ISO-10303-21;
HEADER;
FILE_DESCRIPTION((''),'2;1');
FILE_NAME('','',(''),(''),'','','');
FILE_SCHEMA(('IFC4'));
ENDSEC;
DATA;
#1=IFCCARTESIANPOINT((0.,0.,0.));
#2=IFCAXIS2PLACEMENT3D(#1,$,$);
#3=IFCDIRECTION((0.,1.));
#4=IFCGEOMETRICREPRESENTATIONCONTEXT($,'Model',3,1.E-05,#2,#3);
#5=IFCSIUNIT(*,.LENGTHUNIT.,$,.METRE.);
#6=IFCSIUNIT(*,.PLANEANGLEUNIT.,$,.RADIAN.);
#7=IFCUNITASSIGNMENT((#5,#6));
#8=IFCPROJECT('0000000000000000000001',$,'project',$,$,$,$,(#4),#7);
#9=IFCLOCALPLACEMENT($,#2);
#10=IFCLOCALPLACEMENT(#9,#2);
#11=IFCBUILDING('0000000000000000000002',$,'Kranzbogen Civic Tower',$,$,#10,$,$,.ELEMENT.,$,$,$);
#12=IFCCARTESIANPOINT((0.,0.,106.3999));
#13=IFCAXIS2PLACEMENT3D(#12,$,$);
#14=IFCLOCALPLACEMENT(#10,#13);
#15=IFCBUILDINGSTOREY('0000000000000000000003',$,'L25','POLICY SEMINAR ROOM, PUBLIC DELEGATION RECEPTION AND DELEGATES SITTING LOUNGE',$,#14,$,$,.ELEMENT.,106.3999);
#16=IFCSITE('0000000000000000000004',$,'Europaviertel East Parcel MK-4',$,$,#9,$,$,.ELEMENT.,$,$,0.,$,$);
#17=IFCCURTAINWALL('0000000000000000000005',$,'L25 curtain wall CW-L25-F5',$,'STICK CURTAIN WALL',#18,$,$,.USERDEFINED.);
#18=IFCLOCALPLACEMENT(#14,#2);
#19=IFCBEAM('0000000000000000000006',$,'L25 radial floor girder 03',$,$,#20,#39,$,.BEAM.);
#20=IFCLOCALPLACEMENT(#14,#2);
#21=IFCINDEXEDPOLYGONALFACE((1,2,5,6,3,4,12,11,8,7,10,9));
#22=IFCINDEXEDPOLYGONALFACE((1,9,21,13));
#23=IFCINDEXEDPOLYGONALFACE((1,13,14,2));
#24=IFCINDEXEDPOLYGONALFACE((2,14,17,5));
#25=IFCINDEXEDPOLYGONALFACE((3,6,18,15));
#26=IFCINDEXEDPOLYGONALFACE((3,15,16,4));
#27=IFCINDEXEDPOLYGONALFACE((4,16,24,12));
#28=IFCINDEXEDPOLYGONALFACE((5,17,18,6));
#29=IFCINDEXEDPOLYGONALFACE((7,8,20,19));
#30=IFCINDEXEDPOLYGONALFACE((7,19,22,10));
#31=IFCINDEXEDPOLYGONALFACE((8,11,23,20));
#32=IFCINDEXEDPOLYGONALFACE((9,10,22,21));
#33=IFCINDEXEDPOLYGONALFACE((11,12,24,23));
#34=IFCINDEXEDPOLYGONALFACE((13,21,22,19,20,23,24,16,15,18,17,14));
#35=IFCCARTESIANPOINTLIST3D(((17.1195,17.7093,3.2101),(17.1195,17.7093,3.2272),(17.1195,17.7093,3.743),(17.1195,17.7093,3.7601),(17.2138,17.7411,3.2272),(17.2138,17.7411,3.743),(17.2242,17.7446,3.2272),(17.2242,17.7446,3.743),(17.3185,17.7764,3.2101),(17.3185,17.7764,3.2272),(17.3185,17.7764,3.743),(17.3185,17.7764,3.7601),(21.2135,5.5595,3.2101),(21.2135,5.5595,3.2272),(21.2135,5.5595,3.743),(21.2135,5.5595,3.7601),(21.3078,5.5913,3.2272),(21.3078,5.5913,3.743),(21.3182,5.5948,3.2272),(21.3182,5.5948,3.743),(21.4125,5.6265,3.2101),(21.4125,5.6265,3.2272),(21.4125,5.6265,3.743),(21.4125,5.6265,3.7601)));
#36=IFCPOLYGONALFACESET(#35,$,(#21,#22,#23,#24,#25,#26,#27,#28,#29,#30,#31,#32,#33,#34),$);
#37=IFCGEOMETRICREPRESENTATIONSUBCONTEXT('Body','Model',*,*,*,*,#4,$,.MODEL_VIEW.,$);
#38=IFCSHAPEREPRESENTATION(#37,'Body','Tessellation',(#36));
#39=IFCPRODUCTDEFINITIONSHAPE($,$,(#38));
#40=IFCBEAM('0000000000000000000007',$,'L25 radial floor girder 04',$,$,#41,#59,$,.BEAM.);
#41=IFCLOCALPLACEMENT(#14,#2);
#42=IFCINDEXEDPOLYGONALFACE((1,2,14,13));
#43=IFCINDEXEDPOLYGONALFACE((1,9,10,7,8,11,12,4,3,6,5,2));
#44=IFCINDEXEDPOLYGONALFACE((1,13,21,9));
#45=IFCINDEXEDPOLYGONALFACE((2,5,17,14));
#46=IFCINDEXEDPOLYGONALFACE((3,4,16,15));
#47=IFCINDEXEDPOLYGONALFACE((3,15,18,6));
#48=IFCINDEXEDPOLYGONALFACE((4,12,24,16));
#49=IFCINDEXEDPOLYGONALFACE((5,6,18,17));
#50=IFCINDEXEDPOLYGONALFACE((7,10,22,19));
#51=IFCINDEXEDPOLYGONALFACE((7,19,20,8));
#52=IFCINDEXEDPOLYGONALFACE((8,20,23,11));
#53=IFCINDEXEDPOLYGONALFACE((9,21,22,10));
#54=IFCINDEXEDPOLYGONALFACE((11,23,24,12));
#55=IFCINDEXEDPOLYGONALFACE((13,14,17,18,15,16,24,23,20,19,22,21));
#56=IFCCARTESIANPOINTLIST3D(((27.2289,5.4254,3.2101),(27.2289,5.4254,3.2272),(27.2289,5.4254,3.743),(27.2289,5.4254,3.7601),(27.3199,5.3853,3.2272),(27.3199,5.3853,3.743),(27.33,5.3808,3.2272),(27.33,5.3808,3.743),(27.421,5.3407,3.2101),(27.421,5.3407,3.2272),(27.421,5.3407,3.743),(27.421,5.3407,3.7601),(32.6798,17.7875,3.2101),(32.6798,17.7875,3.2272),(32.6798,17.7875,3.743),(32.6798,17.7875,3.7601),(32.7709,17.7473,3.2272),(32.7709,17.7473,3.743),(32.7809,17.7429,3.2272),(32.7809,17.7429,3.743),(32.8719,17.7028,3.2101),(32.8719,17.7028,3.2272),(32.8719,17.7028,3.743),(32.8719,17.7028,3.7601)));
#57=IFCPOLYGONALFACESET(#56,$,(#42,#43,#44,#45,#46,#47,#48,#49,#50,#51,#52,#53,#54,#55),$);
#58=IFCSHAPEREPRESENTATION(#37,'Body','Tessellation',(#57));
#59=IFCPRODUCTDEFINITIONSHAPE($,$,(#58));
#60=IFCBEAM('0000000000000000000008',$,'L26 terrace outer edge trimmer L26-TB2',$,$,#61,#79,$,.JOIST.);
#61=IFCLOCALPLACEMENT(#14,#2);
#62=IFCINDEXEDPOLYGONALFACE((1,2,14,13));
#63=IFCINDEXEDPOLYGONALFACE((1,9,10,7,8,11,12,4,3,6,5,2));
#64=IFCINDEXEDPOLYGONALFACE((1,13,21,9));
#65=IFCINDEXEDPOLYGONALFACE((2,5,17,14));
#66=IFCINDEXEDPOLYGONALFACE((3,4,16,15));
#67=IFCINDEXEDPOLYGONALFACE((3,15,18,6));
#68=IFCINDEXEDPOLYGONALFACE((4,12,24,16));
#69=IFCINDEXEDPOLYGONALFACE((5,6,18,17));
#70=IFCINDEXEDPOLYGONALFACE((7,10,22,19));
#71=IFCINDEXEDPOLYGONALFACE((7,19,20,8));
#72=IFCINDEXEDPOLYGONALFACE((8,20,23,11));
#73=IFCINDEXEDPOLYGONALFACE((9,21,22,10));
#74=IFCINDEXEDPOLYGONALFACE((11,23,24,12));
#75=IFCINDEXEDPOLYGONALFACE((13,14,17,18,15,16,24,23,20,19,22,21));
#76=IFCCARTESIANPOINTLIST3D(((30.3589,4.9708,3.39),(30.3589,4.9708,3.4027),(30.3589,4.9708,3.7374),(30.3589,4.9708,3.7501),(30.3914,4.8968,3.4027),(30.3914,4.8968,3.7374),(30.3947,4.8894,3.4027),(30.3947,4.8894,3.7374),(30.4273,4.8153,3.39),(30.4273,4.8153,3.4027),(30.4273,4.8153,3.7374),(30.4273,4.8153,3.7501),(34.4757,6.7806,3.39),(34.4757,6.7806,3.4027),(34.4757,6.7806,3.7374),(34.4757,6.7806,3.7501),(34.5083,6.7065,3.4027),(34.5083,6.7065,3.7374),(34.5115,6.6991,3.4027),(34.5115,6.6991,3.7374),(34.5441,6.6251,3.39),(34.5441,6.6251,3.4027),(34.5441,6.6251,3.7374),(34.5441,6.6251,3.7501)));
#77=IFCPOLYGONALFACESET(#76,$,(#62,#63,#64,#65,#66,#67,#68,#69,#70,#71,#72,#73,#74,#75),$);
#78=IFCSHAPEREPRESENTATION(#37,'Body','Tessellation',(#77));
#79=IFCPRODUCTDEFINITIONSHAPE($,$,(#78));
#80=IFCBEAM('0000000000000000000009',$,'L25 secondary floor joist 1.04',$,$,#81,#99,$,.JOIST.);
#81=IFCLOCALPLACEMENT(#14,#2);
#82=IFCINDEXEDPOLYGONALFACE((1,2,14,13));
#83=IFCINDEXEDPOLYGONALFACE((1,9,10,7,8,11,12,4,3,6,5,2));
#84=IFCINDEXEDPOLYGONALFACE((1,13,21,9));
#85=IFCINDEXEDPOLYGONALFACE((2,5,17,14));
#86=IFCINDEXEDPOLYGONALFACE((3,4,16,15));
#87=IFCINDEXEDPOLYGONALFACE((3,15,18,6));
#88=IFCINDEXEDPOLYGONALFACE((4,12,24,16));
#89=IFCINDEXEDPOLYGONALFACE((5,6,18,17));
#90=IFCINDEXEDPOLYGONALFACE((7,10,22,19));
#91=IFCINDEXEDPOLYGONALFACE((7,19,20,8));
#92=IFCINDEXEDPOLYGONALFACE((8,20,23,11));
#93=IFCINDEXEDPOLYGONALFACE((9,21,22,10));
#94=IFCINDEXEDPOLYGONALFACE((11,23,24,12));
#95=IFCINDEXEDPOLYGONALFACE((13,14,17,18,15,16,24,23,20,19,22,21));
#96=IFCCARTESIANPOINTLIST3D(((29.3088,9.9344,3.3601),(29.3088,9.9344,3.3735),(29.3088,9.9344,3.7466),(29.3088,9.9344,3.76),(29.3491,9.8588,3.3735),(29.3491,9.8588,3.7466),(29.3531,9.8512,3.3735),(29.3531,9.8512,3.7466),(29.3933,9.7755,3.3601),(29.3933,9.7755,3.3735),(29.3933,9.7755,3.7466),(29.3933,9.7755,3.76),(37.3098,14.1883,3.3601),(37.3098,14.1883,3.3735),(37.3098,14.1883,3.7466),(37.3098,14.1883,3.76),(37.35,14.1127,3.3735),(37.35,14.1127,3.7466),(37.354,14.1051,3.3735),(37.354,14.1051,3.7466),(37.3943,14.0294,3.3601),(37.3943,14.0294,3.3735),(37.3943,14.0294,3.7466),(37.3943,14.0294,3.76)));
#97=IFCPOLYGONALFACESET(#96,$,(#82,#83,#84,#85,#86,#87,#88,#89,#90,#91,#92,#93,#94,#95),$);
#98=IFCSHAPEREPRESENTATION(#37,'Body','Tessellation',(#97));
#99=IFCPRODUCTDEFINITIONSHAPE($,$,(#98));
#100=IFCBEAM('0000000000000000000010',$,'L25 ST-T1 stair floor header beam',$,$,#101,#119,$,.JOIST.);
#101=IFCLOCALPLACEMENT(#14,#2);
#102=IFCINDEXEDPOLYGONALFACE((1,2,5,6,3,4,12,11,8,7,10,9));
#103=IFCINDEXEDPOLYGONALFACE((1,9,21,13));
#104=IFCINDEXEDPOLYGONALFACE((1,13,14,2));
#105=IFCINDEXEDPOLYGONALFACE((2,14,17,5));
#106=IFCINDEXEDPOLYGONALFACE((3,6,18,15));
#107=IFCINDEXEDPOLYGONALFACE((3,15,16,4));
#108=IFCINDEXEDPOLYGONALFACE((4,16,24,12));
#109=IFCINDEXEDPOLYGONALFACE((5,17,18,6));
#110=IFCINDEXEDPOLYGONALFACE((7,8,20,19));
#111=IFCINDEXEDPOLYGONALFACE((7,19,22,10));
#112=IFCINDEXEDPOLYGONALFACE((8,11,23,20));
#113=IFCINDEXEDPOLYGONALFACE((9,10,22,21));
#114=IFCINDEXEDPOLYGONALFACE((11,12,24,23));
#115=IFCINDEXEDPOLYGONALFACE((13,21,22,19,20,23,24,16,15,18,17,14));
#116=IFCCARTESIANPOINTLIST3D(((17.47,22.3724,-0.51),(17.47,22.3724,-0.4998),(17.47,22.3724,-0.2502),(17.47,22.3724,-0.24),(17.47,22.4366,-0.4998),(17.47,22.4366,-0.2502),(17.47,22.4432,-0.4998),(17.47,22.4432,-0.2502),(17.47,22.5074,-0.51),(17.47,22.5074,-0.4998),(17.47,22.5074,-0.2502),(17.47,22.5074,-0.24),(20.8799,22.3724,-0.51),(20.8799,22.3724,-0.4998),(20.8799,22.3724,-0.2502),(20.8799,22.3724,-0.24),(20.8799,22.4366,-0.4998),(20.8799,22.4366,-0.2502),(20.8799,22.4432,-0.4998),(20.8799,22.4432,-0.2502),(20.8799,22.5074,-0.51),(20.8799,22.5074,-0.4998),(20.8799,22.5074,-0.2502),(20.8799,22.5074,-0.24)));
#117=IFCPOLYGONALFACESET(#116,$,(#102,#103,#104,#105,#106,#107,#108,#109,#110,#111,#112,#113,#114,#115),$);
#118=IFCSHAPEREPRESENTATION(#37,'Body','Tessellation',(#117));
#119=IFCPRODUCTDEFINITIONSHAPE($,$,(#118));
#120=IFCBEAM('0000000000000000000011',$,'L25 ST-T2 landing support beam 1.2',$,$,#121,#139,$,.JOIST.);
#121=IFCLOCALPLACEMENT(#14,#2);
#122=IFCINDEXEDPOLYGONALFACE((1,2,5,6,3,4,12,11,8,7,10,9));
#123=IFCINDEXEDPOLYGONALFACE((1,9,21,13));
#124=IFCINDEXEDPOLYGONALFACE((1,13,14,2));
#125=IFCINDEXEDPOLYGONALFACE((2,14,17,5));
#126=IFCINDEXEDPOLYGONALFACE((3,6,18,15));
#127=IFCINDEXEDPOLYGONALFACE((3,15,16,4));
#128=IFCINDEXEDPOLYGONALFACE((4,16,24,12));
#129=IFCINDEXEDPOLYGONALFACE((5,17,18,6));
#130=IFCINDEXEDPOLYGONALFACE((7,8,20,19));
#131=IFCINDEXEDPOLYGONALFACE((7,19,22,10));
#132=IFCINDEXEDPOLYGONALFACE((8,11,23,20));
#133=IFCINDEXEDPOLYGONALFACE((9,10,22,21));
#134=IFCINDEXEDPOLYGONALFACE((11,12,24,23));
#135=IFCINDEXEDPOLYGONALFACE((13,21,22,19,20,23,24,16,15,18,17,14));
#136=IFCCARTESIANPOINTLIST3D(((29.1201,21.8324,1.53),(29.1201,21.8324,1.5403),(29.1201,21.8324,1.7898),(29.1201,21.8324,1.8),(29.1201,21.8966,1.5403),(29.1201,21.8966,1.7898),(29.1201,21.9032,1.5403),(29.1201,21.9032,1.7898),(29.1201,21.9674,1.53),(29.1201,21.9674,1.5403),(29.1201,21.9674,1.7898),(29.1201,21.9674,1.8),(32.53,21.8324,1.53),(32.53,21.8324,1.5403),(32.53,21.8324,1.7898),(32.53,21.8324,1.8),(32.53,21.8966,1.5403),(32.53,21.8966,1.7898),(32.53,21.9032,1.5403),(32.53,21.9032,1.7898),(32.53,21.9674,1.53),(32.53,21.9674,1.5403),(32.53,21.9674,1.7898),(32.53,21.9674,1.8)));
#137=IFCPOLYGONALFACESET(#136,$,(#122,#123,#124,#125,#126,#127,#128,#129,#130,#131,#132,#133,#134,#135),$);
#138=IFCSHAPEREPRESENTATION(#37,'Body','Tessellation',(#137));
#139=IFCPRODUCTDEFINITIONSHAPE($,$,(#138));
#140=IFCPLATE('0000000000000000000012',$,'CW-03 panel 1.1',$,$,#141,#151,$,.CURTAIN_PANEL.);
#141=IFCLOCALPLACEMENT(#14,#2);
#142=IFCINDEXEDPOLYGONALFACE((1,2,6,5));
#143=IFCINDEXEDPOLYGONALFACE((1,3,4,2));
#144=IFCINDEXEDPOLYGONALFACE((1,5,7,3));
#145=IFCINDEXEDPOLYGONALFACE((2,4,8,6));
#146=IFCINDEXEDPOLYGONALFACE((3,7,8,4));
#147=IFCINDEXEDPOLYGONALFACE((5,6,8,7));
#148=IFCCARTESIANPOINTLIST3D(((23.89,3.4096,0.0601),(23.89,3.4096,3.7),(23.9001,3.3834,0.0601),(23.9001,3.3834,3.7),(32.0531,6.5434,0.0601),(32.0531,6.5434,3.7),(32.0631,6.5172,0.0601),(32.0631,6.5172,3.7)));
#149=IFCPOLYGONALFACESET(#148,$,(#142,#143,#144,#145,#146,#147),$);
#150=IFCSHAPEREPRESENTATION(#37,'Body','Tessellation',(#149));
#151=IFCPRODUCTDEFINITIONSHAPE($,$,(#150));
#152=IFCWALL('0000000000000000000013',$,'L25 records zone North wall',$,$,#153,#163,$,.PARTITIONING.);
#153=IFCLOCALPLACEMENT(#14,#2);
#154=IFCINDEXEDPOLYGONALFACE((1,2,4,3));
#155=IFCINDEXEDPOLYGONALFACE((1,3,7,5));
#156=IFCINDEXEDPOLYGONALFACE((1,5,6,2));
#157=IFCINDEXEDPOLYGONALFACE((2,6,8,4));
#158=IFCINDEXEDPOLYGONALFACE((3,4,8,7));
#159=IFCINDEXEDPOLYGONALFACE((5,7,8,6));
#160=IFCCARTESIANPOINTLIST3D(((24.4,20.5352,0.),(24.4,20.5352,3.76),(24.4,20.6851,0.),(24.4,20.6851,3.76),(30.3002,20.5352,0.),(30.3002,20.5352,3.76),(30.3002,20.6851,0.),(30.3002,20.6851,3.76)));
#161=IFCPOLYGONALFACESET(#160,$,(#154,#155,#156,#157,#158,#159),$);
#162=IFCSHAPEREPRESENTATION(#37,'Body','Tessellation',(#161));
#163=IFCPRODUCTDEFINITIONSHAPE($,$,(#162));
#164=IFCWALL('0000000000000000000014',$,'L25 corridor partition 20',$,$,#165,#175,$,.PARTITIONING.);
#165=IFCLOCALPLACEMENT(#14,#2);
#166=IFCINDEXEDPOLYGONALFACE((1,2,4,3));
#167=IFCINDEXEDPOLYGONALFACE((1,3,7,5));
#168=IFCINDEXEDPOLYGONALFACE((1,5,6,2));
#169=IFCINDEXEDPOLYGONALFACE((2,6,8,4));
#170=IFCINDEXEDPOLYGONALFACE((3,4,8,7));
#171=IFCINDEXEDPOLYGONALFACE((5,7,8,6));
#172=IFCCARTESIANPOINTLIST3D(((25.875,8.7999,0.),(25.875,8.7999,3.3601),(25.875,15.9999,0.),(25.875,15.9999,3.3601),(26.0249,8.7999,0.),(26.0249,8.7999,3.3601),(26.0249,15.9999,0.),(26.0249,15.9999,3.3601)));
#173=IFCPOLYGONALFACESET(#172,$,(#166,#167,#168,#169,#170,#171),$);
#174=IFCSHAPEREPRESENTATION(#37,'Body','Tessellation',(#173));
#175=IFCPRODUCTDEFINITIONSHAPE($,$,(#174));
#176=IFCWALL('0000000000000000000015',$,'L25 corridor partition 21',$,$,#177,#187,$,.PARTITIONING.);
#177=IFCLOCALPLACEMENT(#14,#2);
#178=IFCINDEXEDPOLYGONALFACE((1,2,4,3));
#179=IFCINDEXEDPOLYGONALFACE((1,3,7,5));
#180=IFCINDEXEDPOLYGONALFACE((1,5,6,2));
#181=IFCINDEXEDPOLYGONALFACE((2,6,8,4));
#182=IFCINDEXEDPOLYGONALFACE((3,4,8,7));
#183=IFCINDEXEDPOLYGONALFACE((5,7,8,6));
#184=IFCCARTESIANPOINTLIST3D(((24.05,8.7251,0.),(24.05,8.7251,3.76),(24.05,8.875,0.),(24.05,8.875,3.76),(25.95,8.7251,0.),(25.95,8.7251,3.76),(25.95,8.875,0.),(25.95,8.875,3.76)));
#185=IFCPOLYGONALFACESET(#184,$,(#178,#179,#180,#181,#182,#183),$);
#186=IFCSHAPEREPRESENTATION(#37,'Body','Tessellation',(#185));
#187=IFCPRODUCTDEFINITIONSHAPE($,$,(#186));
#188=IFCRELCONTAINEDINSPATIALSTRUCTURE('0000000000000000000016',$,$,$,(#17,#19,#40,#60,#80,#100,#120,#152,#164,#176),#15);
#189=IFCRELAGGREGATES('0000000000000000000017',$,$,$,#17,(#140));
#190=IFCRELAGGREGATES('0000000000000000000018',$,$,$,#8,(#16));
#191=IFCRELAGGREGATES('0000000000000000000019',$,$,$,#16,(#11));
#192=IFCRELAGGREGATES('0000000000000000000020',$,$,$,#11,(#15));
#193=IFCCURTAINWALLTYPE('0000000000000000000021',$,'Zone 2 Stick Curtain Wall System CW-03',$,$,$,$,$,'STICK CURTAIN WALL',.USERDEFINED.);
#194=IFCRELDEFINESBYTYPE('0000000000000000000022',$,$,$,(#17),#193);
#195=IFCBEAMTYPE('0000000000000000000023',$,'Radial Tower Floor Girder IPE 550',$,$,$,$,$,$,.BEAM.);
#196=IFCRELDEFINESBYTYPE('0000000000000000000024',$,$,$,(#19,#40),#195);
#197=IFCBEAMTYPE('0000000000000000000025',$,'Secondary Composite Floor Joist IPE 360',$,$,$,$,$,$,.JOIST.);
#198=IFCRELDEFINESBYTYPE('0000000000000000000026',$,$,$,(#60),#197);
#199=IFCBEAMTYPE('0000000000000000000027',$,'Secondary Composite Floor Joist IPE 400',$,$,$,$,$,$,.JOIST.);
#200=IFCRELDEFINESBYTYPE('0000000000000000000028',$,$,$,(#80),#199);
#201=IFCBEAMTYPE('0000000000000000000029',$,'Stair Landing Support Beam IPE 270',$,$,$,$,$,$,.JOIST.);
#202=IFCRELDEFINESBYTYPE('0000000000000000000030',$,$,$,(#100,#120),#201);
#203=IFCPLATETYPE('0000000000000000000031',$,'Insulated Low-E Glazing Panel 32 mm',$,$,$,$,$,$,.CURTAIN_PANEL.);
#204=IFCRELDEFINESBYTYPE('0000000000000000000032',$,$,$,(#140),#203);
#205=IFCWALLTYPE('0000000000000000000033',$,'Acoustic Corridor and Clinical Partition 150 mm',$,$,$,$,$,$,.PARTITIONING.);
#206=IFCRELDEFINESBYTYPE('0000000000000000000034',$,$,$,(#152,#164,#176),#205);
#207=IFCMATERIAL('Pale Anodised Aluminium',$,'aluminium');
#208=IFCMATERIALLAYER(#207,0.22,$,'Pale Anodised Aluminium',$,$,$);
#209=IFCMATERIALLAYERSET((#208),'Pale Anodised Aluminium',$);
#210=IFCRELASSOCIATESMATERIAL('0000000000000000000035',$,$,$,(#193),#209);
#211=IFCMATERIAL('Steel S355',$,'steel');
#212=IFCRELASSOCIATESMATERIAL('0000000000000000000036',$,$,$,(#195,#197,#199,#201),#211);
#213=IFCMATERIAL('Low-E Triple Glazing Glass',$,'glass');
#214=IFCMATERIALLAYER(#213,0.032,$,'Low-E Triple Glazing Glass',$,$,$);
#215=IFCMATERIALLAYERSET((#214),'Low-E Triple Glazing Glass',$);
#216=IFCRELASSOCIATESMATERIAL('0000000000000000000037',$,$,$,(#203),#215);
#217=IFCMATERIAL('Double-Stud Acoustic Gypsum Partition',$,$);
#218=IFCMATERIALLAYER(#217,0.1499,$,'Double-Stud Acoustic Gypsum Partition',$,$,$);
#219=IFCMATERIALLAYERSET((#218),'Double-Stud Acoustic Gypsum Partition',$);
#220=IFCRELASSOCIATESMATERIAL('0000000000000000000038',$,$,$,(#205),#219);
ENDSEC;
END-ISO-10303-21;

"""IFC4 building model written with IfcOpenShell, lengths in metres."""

from ifc_helpers import new_model, si_unit, direction, frame, frame_2d, origin, origin_2d, place, context, subcontext, project, spatial, rectangle, i_section, extrude, material, layer, layer_set, material_profile, profile_set, type_object, element, aggregate, save


model = new_model("IFC4")

# Units and contexts
model_context = context("Model", 3, precision=1e-05, world=origin(), true_north=direction((0.0, 1.0)))
body_context = subcontext(model_context, "Body", "Model", "MODEL_VIEW")
ifc_project = project(units=[si_unit("LENGTHUNIT", "METRE"), si_unit("PLANEANGLEUNIT", "RADIAN")], contexts=[model_context])

# Site, building, storey
site_placement = place(None, origin())
site = spatial("IfcSite", under=ifc_project, at=site_placement, Name="Europaviertel East Parcel MK-4", CompositionType="ELEMENT", RefElevation=0.0)
building_placement = place(site_placement, origin())
building = spatial("IfcBuilding", under=site, at=building_placement, Name="Kranzbogen Civic Tower", CompositionType="ELEMENT")
storey_placement = place(building_placement, frame((0.0, 0.0, 106.3999)))
storey = spatial("IfcBuildingStorey", under=building, at=storey_placement, Name="L25", Description="POLICY SEMINAR ROOM, PUBLIC DELEGATION RECEPTION AND DELEGATES SITTING LOUNGE", CompositionType="ELEMENT", Elevation=106.3999)

# Curtain wall
ifc_material_1 = material(Name="Pale Anodised Aluminium", Category="aluminium")
ifc_layer_1 = layer(ifc_material_1, 0.22, Name="Pale Anodised Aluminium")
ifc_layer_set_1 = layer_set([ifc_layer_1], Name="Pale Anodised Aluminium")
curtain_wall_type = type_object("IfcCurtainWallType", Name="Zone 2 Stick Curtain Wall System CW-03", ElementType="STICK CURTAIN WALL", PredefinedType="USERDEFINED", material=ifc_layer_set_1)
curtain_wall_placement = place(storey_placement, origin())
curtain_wall = element("IfcCurtainWall", 1, at=curtain_wall_placement, inside=storey, type_object=curtain_wall_type, Name="L25 curtain wall CW-L25-F5", ObjectType="STICK CURTAIN WALL", PredefinedType="USERDEFINED")

# Beams
ifc_material_2 = material(Name="Steel S355", Category="steel")
ifc_material_profile_1 = material_profile(ifc_material_2, i_section(OverallWidth=0.21, OverallDepth=0.55, WebThickness=0.011, FlangeThickness=0.0171, at=origin_2d()), Name="IPE 550")
ifc_profile_set_1 = profile_set([ifc_material_profile_1], Name="Steel S355")
beam_type_1 = type_object("IfcBeamType", Name="Radial Tower Floor Girder IPE 550", PredefinedType="BEAM", material=ifc_profile_set_1)
beam_1_placement = place(storey_placement, frame((21.313, 5.593, 3.4851), z_axis=(-0.319317, 0.947648, 0.0), x_axis=(-0.947648, -0.319317, 0.0)))
element("IfcBeam", 2, at=beam_1_placement, inside=storey, type_object=beam_type_1, Name="L25 radial floor girder 03", PredefinedType="BEAM", context=body_context, shape_type="SweptSolid", body=[
    extrude(i_section(OverallWidth=0.21, OverallDepth=0.55, WebThickness=0.011, FlangeThickness=0.0171, at=origin_2d()), origin(), (0.0, 0.0, 1.0), 12.821),
])
beam_2_placement = place(storey_placement, frame((27.325, 5.3831, 3.4851), z_axis=(0.403459, 0.914998, 0.0), x_axis=(-0.914998, 0.403459, 0.0)))
element("IfcBeam", 3, at=beam_2_placement, inside=storey, type_object=beam_type_1, Name="L25 radial floor girder 04", PredefinedType="BEAM", context=body_context, shape_type="SweptSolid", body=[
    extrude(i_section(OverallWidth=0.21, OverallDepth=0.55, WebThickness=0.011, FlangeThickness=0.0171, at=origin_2d()), origin(), (0.0, 0.0, 1.0), 13.5105),
])
ifc_material_profile_2 = material_profile(ifc_material_2, i_section(OverallWidth=0.1699, OverallDepth=0.3601, WebThickness=0.0081, FlangeThickness=0.0127, at=origin_2d()), Name="IPE 360")
ifc_profile_set_2 = profile_set([ifc_material_profile_2], Name="Steel S355")
beam_type_2 = type_object("IfcBeamType", Name="Secondary Composite Floor Joist IPE 360", PredefinedType="JOIST", material=ifc_profile_set_2)
beam_3_placement = place(storey_placement, frame((30.3931, 4.8931, 3.5701), z_axis=(0.915449, 0.402433, 0.0), x_axis=(-0.402433, 0.915449, 0.0)))
element("IfcBeam", 4, at=beam_3_placement, inside=storey, type_object=beam_type_2, Name="L26 terrace outer edge trimmer L26-TB2", PredefinedType="JOIST", context=body_context, shape_type="SweptSolid", body=[
    extrude(i_section(OverallWidth=0.1699, OverallDepth=0.3601, WebThickness=0.0081, FlangeThickness=0.0127, at=origin_2d()), origin(), (0.0, 0.0, 1.0), 4.4971),
])
ifc_material_profile_3 = material_profile(ifc_material_2, i_section(OverallWidth=0.1799, OverallDepth=0.3999, WebThickness=0.0085, FlangeThickness=0.0134, at=origin_2d()), Name="IPE 400")
ifc_profile_set_3 = profile_set([ifc_material_profile_3], Name="Steel S355")
beam_type_3 = type_object("IfcBeamType", Name="Secondary Composite Floor Joist IPE 400", PredefinedType="JOIST", material=ifc_profile_set_3)
beam_4_placement = place(storey_placement, frame((29.3511, 9.855, 3.5601), z_axis=(0.882961, 0.469447, 0.0), x_axis=(-0.469447, 0.882961, 0.0)))
element("IfcBeam", 5, at=beam_4_placement, inside=storey, type_object=beam_type_3, Name="L25 secondary floor joist 1.04", PredefinedType="JOIST", context=body_context, shape_type="SweptSolid", body=[
    extrude(i_section(OverallWidth=0.1799, OverallDepth=0.3999, WebThickness=0.0085, FlangeThickness=0.0134, at=origin_2d()), origin(), (0.0, 0.0, 1.0), 9.0615),
])
ifc_material_profile_4 = material_profile(ifc_material_2, i_section(OverallWidth=0.135, OverallDepth=0.27, WebThickness=0.0066, FlangeThickness=0.0103, at=origin_2d()), Name="IPE 270")
ifc_profile_set_4 = profile_set([ifc_material_profile_4], Name="Steel S355")
beam_type_4 = type_object("IfcBeamType", Name="Stair Landing Support Beam IPE 270", PredefinedType="JOIST", material=ifc_profile_set_4)
for number, where, z_axis, x_axis, name in (
    (6, (20.8799, 22.4399, -0.375), (-1.0, 0.0, 0.0), (0.0, -1.0, 0.0), "L25 ST-T1 stair floor header beam"),
    (7, (29.1201, 21.8999, 1.665), (1.0, 0.0, 0.0), (0.0, 1.0, 0.0), "L25 ST-T2 landing support beam 1.2"),
):
    element("IfcBeam", number, at=place(storey_placement, frame(where, z_axis=z_axis, x_axis=x_axis)), inside=storey, type_object=beam_type_4, Name=name, PredefinedType="JOIST", context=body_context, shape_type="SweptSolid", body=[
        extrude(i_section(OverallWidth=0.135, OverallDepth=0.27, WebThickness=0.0066, FlangeThickness=0.0103, at=origin_2d()), origin(), (0.0, 0.0, 1.0), 3.4099),
    ])

# Plate
ifc_material_3 = material(Name="Low-E Triple Glazing Glass", Category="glass")
ifc_layer_2 = layer(ifc_material_3, 0.032, Name="Low-E Triple Glazing Glass")
ifc_layer_set_2 = layer_set([ifc_layer_2], Name="Low-E Triple Glazing Glass")
plate_type = type_object("IfcPlateType", Name="Insulated Low-E Glazing Panel 32 mm", PredefinedType="CURTAIN_PANEL", material=ifc_layer_set_2)
plate_placement = place(storey_placement, frame((27.9766, 4.9634, 0.0601), z_axis=(0.0, 0.0, 1.0), x_axis=(0.93357, 0.358395, 0.0)))
plate = element("IfcPlate", 8, at=plate_placement, type_object=plate_type, Name="CW-03 panel 1.1", PredefinedType="CURTAIN_PANEL", context=body_context, shape_type="SweptSolid", body=[
    extrude(rectangle(XDim=8.7439, YDim=0.0281, at=origin_2d()), origin(), (0.0, 0.0, 1.0), 3.6399),
])
aggregate(curtain_wall, [plate])

# Walls
ifc_material_4 = material(Name="Double-Stud Acoustic Gypsum Partition")
ifc_layer_3 = layer(ifc_material_4, 0.1499, Name="Double-Stud Acoustic Gypsum Partition")
ifc_layer_set_3 = layer_set([ifc_layer_3], Name="Double-Stud Acoustic Gypsum Partition")
wall_type_1 = type_object("IfcWallType", Name="Acoustic Corridor and Clinical Partition 150 mm", PredefinedType="PARTITIONING", material=ifc_layer_set_3)
wall_1_placement = place(storey_placement, frame((24.3999, 20.6101, 0.0), z_axis=(0.0, 0.0, 1.0), x_axis=(1.0, 0.0, 0.0)))
element("IfcWall", 9, at=wall_1_placement, inside=storey, type_object=wall_type_1, Name="L25 records zone North wall", PredefinedType="PARTITIONING", context=body_context, shape_type="SweptSolid", body=[
    extrude(rectangle(XDim=5.9001, YDim=0.1499, at=frame_2d((2.9502, 0.0))), origin(), (0.0, 0.0, 1.0), 3.76),
])
wall_2_placement = place(storey_placement, frame((25.95, 16.0, 0.0), z_axis=(0.0, 0.0, 1.0), x_axis=(0.0, -1.0, 0.0)))
element("IfcWall", 10, at=wall_2_placement, inside=storey, type_object=wall_type_1, Name="L25 corridor partition 20", PredefinedType="PARTITIONING", context=body_context, shape_type="SweptSolid", body=[
    extrude(rectangle(XDim=7.2, YDim=0.1499, at=frame_2d((3.6001, 0.0))), origin(), (0.0, 0.0, 1.0), 3.3601),
])
wall_3_placement = place(storey_placement, frame((25.95, 8.8, 0.0), z_axis=(0.0, 0.0, 1.0), x_axis=(-1.0, 0.0, 0.0)))
element("IfcWall", 11, at=wall_3_placement, inside=storey, type_object=wall_type_1, Name="L25 corridor partition 21", PredefinedType="PARTITIONING", context=body_context, shape_type="SweptSolid", body=[
    extrude(rectangle(XDim=1.8999, YDim=0.1499, at=frame_2d((0.95, 0.0))), origin(), (0.0, 0.0, 1.0), 3.76),
])

save(model, "model.ifc")
